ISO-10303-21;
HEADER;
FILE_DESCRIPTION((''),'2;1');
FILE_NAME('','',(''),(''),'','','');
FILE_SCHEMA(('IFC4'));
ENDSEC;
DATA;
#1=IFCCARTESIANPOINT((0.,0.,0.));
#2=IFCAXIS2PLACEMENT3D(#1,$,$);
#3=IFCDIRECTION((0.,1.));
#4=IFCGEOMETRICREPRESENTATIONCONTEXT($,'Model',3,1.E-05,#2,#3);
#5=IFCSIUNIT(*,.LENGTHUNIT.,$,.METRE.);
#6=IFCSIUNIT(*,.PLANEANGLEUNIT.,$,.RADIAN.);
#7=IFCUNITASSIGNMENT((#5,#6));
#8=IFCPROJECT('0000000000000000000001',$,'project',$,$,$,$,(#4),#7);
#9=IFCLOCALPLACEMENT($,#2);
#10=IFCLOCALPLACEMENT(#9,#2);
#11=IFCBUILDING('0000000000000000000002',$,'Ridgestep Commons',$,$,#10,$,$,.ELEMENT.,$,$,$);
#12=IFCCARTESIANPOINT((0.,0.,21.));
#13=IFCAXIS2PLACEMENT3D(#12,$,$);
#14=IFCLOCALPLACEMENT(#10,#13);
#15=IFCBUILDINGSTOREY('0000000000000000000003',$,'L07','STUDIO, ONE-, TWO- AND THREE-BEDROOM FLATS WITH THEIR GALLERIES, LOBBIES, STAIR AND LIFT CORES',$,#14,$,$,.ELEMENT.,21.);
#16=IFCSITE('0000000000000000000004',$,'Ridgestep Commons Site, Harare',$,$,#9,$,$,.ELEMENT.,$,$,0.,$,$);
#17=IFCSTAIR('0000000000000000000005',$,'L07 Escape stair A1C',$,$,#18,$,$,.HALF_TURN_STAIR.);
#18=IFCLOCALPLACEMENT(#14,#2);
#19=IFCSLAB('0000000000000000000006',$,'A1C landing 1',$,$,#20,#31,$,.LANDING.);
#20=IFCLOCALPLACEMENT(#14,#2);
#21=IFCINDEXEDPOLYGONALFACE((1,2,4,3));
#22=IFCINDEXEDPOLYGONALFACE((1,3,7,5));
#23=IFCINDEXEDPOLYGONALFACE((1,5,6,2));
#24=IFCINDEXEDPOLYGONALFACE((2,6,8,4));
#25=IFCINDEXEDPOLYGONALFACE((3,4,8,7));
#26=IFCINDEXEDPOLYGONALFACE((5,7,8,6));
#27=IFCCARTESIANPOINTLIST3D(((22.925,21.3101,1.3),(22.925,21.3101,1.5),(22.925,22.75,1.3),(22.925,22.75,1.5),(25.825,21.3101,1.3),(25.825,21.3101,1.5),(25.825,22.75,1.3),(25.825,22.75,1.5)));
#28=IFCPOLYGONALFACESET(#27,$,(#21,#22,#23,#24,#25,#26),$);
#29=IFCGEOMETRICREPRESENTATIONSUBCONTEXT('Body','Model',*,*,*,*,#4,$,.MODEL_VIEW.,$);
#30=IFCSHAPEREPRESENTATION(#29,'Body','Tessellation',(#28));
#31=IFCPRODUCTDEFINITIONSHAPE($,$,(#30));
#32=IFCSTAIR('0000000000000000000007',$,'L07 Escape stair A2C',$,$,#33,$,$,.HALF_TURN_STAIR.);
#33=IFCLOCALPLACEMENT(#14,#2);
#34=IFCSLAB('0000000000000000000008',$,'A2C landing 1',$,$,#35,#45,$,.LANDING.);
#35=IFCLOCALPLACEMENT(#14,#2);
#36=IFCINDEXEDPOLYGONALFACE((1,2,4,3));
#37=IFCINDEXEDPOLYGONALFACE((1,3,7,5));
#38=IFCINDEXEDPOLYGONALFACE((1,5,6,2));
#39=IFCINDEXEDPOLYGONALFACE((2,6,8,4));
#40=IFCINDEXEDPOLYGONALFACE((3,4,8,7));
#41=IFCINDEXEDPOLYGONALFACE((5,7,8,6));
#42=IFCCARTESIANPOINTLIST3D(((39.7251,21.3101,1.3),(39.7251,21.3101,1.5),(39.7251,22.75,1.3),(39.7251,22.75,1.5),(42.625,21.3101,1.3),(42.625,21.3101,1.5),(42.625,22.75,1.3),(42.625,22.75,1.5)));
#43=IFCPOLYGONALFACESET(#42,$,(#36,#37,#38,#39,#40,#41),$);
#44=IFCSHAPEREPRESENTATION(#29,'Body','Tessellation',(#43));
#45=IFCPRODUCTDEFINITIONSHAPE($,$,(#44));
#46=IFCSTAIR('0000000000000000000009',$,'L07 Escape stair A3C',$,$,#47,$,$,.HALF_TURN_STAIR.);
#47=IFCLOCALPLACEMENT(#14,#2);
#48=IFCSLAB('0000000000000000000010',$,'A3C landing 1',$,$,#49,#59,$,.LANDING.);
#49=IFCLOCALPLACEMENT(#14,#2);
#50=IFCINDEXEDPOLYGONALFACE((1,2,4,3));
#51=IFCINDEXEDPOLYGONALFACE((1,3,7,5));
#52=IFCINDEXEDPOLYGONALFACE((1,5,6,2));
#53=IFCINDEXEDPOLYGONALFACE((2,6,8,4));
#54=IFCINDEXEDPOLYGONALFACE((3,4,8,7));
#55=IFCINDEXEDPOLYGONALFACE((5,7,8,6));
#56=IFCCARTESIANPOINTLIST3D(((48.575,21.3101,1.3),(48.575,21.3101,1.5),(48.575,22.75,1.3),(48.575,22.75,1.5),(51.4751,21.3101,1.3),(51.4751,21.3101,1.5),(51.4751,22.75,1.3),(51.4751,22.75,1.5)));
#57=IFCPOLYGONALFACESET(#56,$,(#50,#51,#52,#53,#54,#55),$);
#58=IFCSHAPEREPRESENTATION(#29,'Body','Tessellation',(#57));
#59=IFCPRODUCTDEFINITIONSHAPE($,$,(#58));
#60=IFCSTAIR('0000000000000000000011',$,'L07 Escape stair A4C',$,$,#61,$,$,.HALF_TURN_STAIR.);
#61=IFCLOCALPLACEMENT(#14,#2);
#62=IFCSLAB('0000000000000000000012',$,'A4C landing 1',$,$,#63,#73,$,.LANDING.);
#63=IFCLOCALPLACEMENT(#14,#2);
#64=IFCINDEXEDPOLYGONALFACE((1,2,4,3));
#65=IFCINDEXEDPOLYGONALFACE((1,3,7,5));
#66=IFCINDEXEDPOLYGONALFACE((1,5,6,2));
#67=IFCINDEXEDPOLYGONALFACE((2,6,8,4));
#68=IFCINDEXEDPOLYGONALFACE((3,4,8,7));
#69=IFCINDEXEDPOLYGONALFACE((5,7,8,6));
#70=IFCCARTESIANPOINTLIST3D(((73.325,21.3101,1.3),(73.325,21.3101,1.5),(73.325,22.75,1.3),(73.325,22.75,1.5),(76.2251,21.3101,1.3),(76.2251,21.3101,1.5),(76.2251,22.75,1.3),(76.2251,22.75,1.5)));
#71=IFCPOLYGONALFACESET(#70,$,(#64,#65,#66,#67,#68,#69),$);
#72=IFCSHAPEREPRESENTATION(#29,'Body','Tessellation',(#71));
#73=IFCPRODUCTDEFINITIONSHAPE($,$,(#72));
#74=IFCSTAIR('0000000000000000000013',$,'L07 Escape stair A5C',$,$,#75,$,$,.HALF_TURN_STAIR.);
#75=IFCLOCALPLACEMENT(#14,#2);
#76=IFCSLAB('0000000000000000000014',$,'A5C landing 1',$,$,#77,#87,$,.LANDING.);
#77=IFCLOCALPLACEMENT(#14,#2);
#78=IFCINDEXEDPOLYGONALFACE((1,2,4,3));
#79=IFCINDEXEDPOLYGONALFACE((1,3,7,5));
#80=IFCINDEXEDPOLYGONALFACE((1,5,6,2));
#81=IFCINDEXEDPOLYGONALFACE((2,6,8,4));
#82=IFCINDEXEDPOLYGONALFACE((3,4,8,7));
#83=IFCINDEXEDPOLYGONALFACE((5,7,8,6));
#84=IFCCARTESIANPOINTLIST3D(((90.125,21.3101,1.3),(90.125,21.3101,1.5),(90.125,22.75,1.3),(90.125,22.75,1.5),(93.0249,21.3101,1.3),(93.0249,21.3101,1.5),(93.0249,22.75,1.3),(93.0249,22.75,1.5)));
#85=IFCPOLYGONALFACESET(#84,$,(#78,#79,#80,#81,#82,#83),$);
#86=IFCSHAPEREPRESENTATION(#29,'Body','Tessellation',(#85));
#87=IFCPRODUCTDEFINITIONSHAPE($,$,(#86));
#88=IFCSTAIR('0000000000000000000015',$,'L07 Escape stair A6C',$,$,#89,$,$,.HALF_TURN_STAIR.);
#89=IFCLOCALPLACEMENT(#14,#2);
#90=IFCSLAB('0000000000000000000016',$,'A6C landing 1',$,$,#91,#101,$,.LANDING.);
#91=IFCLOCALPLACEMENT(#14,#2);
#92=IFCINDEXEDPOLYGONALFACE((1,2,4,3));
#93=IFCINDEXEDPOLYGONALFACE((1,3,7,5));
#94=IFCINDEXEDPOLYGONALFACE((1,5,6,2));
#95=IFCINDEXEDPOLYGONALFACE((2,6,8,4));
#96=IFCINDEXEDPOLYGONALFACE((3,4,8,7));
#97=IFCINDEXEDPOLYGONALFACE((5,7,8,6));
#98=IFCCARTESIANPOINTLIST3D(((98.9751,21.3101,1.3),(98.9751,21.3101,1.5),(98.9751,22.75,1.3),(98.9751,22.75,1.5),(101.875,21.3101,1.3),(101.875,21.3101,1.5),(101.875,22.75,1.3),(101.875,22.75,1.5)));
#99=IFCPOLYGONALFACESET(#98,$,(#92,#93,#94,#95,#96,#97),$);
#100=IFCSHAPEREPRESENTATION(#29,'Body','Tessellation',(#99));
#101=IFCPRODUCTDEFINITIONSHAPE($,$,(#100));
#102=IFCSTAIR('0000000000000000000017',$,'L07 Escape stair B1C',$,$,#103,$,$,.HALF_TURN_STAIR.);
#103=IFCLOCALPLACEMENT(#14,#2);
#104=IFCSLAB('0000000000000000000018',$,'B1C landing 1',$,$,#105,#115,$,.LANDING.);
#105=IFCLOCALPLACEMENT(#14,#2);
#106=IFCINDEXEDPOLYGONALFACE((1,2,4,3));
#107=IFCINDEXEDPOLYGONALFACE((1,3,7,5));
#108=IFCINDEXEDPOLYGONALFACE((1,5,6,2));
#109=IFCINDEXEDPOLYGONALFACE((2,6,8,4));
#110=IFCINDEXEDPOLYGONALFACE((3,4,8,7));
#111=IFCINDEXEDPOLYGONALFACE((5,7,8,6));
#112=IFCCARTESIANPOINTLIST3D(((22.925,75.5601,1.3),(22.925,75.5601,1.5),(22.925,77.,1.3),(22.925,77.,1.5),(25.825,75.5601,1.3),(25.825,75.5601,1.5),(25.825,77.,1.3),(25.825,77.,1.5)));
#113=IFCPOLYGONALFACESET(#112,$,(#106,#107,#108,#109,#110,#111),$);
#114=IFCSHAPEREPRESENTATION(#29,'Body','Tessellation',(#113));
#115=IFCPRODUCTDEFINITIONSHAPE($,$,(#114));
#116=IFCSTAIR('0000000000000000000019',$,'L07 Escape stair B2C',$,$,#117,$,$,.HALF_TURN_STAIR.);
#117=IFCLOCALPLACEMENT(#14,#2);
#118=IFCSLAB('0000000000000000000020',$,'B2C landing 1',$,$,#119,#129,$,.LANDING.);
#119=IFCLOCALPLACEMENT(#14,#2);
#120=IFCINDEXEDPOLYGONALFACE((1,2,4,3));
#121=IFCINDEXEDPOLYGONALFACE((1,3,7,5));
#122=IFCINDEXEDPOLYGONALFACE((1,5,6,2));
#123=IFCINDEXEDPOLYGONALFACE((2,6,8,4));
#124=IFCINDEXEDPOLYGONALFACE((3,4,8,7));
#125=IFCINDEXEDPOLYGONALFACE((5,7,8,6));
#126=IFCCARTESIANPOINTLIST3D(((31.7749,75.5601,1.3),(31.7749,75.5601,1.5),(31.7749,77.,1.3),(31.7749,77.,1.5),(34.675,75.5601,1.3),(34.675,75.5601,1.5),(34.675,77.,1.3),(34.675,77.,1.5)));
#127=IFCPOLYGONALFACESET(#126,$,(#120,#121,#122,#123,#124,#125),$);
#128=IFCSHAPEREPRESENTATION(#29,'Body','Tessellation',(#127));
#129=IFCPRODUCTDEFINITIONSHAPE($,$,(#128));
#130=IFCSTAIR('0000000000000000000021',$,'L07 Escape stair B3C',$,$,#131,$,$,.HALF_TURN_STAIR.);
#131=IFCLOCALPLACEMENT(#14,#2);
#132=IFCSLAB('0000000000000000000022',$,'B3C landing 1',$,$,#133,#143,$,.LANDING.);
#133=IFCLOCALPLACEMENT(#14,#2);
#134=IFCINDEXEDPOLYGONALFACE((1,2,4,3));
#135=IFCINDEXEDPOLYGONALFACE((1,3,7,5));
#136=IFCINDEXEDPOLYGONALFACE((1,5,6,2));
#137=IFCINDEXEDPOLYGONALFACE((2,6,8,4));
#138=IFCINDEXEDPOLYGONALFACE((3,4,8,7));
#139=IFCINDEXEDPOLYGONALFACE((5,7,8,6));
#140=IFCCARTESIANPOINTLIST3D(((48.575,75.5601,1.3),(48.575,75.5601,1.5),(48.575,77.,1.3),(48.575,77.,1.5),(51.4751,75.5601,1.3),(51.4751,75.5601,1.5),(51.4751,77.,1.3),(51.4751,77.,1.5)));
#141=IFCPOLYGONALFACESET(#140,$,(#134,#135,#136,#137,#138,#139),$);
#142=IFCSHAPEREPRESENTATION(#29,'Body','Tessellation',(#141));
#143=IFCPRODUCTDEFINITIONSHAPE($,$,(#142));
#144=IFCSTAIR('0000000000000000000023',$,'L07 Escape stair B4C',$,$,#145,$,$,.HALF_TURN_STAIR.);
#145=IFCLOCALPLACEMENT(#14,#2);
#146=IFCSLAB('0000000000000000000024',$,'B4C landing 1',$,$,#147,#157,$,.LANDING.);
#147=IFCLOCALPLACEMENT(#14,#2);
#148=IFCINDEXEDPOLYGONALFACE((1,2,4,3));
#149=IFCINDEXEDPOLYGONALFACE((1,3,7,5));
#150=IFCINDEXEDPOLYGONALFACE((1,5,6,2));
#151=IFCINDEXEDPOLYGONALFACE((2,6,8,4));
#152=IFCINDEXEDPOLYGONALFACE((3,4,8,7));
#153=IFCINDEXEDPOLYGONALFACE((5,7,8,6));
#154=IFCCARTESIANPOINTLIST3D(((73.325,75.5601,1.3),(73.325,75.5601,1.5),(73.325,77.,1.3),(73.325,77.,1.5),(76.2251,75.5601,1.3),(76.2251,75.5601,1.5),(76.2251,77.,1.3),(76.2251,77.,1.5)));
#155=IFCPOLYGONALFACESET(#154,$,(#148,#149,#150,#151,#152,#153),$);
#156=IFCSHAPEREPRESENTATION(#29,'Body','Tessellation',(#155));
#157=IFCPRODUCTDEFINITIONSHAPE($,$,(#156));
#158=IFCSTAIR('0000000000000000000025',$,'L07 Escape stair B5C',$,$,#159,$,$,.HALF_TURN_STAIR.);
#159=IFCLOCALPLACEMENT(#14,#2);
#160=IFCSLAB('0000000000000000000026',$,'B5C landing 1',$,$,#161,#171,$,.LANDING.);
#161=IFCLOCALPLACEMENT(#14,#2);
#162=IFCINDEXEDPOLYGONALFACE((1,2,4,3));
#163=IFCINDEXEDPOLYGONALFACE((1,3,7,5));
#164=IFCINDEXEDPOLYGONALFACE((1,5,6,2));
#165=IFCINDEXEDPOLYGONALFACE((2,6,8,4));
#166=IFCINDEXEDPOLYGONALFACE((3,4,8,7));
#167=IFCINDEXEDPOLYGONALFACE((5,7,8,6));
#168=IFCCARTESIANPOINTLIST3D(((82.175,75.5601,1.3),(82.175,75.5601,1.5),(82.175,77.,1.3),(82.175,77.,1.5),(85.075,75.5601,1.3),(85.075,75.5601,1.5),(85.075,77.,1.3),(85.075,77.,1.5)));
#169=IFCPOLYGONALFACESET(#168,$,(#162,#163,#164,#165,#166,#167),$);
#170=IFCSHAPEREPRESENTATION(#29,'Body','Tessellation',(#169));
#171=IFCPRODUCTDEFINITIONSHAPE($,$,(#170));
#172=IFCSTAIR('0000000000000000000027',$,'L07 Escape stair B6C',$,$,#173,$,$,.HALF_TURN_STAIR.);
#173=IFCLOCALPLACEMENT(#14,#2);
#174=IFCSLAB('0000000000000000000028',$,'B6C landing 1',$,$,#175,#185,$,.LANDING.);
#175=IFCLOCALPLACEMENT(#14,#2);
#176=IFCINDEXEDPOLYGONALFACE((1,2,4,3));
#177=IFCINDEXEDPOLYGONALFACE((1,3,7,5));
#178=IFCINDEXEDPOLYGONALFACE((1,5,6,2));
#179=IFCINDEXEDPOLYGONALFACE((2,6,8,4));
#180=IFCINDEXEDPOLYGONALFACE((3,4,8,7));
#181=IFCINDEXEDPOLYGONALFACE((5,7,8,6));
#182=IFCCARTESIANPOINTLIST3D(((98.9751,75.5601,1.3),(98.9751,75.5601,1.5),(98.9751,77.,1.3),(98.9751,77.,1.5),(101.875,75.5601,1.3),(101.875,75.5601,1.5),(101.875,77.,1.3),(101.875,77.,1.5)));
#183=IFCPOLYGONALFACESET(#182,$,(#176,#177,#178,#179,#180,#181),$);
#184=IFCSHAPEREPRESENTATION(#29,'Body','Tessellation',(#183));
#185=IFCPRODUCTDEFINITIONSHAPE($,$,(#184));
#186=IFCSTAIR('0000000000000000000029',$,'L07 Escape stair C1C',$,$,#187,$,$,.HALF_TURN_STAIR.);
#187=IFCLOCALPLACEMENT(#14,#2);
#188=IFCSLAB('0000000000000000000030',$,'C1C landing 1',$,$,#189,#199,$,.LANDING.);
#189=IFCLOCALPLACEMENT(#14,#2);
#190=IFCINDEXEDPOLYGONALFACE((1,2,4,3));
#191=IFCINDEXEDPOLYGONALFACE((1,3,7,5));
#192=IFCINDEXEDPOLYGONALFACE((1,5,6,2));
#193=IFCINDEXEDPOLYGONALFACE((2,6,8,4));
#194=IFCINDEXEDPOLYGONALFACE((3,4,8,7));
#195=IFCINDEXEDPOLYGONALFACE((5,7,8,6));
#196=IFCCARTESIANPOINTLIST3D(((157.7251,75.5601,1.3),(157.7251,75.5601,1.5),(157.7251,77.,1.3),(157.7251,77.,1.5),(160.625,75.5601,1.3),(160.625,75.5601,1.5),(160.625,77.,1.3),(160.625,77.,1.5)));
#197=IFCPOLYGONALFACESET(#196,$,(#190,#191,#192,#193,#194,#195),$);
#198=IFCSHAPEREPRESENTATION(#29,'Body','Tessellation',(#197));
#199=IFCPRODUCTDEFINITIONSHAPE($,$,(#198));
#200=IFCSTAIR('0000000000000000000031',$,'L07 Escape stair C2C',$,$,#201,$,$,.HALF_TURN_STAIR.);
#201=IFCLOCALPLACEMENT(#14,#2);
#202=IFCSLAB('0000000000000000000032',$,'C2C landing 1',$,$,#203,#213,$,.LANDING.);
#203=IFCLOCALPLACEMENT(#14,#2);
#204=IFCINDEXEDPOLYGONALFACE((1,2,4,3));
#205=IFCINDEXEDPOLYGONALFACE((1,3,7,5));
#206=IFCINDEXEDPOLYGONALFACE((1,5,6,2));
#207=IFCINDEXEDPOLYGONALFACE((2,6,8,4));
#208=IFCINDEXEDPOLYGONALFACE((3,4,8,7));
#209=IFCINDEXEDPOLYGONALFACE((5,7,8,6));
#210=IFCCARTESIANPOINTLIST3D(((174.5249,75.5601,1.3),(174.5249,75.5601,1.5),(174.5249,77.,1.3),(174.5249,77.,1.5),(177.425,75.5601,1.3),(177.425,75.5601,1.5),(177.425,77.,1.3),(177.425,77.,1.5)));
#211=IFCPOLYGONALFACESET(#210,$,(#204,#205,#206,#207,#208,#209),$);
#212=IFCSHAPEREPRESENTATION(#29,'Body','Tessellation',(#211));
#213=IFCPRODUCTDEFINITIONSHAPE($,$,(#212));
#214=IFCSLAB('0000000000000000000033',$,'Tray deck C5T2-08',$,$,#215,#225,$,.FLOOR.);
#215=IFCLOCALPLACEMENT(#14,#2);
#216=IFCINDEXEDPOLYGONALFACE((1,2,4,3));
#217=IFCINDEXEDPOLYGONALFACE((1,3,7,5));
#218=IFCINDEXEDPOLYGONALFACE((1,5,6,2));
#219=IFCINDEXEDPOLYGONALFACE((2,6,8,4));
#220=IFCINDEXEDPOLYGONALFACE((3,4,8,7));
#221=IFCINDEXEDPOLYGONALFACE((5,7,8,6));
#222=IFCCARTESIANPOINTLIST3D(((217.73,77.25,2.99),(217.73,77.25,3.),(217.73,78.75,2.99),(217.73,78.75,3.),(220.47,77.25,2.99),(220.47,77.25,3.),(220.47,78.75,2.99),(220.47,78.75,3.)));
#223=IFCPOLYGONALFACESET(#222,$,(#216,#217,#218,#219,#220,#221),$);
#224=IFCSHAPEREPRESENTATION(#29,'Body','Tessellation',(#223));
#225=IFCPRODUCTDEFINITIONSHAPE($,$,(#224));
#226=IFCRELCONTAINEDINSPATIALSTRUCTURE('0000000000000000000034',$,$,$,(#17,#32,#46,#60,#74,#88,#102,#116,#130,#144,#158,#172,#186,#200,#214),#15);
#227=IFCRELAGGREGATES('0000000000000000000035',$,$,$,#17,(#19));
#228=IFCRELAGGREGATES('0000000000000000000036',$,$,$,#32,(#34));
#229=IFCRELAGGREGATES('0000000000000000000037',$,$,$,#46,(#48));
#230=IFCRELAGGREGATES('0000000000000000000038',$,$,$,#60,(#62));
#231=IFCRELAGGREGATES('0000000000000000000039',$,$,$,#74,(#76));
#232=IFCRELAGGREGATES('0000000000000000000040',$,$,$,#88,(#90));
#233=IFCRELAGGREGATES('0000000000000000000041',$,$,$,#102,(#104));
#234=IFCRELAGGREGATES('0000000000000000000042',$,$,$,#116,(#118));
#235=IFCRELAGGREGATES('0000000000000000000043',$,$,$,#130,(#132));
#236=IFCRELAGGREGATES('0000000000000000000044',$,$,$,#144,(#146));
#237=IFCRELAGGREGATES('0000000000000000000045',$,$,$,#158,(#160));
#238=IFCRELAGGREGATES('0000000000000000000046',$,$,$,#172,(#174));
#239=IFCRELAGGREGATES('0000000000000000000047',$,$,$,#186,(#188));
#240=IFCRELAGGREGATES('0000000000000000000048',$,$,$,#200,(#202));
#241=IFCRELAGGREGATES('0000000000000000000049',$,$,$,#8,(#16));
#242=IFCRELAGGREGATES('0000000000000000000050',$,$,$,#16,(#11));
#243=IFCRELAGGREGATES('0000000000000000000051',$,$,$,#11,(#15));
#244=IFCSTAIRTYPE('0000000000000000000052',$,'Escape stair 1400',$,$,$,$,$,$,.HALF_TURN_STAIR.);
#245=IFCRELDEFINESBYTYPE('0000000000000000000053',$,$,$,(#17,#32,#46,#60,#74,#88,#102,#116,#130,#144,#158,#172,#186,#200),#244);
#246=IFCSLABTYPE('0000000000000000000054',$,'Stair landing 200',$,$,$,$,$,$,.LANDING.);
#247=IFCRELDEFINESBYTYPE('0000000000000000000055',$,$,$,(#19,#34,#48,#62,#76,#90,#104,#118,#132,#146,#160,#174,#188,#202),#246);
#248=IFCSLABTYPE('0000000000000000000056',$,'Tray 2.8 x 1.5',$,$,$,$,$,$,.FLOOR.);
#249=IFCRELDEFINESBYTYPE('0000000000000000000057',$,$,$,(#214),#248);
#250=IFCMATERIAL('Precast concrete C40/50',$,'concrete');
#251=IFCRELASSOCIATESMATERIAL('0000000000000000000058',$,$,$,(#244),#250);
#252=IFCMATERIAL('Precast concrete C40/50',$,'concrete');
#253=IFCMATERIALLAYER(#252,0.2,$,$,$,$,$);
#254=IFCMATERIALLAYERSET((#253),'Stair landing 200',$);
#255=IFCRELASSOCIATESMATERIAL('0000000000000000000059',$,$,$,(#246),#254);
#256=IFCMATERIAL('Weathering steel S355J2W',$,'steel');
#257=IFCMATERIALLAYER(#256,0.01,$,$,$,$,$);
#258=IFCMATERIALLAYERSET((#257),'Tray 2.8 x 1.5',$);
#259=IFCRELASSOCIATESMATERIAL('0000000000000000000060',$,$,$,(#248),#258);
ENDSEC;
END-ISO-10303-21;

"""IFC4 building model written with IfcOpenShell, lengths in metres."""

from ifc_helpers import new_model, si_unit, direction, frame, origin, place, context, subcontext, project, spatial, polyline, outline, extrude, material, layer, layer_set, type_object, element, aggregate, save


model = new_model("IFC4")

# Units and contexts
model_context = context("Model", 3, precision=1e-05, world=origin(), true_north=direction((0.0, 1.0)))
body_context = subcontext(model_context, "Body", "Model", "MODEL_VIEW")
ifc_project = project(units=[si_unit("LENGTHUNIT", "METRE"), si_unit("PLANEANGLEUNIT", "RADIAN")], contexts=[model_context])

# Site, building, storey
site_placement = place(None, origin())
site = spatial("IfcSite", under=ifc_project, at=site_placement, Name="Ridgestep Commons Site, Harare", CompositionType="ELEMENT", RefElevation=0.0)
building_placement = place(site_placement, origin())
building = spatial("IfcBuilding", under=site, at=building_placement, Name="Ridgestep Commons", CompositionType="ELEMENT")
storey_placement = place(building_placement, frame((0.0, 0.0, 21.0)))
storey = spatial("IfcBuildingStorey", under=building, at=storey_placement, Name="L07", Description="STUDIO, ONE-, TWO- AND THREE-BEDROOM FLATS WITH THEIR GALLERIES, LOBBIES, STAIR AND LIFT CORES", CompositionType="ELEMENT", Elevation=21.0)

# Stairs, slabs
ifc_material_1 = material(Name="Precast concrete C40/50", Category="concrete")
stair_type = type_object("IfcStairType", Name="Escape stair 1400", PredefinedType="HALF_TURN_STAIR", material=ifc_material_1)
stair_1_placement = place(storey_placement, origin())
stair_1 = element("IfcStair", 1, at=stair_1_placement, inside=storey, type_object=stair_type, Name="L07 Escape stair A1C", PredefinedType="HALF_TURN_STAIR")
ifc_material_2 = material(Name="Precast concrete C40/50", Category="concrete")
ifc_layer_1 = layer(ifc_material_2, 0.2)
ifc_layer_set_1 = layer_set([ifc_layer_1], Name="Stair landing 200")
slab_type_1 = type_object("IfcSlabType", Name="Stair landing 200", PredefinedType="LANDING", material=ifc_layer_set_1)
slab_1_placement = place(storey_placement, frame((0.0, 0.0, 1.3)))
slab_1 = element("IfcSlab", 2, at=slab_1_placement, type_object=slab_type_1, Name="A1C landing 1", PredefinedType="LANDING", context=body_context, shape_type="SweptSolid", body=[
    extrude(outline(polyline([(25.825, 21.3101), (25.825, 22.75), (22.925, 22.75), (22.925, 21.3101), (25.825, 21.3101)])), origin(), (0.0, 0.0, 1.0), 0.2),
])
aggregate(stair_1, [slab_1])
stair_2_placement = place(storey_placement, origin())
stair_2 = element("IfcStair", 3, at=stair_2_placement, inside=storey, type_object=stair_type, Name="L07 Escape stair A2C", PredefinedType="HALF_TURN_STAIR")
slab_2_placement = place(storey_placement, frame((0.0, 0.0, 1.3)))
slab_2 = element("IfcSlab", 4, at=slab_2_placement, type_object=slab_type_1, Name="A2C landing 1", PredefinedType="LANDING", context=body_context, shape_type="SweptSolid", body=[
    extrude(outline(polyline([(42.625, 21.3101), (42.625, 22.75), (39.7251, 22.75), (39.7251, 21.3101), (42.625, 21.3101)])), origin(), (0.0, 0.0, 1.0), 0.2),
])
aggregate(stair_2, [slab_2])
stair_3_placement = place(storey_placement, origin())
stair_3 = element("IfcStair", 5, at=stair_3_placement, inside=storey, type_object=stair_type, Name="L07 Escape stair A3C", PredefinedType="HALF_TURN_STAIR")
slab_3_placement = place(storey_placement, frame((0.0, 0.0, 1.3)))
slab_3 = element("IfcSlab", 6, at=slab_3_placement, type_object=slab_type_1, Name="A3C landing 1", PredefinedType="LANDING", context=body_context, shape_type="SweptSolid", body=[
    extrude(outline(polyline([(51.4751, 21.3101), (51.4751, 22.75), (48.575, 22.75), (48.575, 21.3101), (51.4751, 21.3101)])), origin(), (0.0, 0.0, 1.0), 0.2),
])
aggregate(stair_3, [slab_3])
stair_4_placement = place(storey_placement, origin())
stair_4 = element("IfcStair", 7, at=stair_4_placement, inside=storey, type_object=stair_type, Name="L07 Escape stair A4C", PredefinedType="HALF_TURN_STAIR")
slab_4_placement = place(storey_placement, frame((0.0, 0.0, 1.3)))
slab_4 = element("IfcSlab", 8, at=slab_4_placement, type_object=slab_type_1, Name="A4C landing 1", PredefinedType="LANDING", context=body_context, shape_type="SweptSolid", body=[
    extrude(outline(polyline([(76.2251, 21.3101), (76.2251, 22.75), (73.325, 22.75), (73.325, 21.3101), (76.2251, 21.3101)])), origin(), (0.0, 0.0, 1.0), 0.2),
])
aggregate(stair_4, [slab_4])
stair_5_placement = place(storey_placement, origin())
stair_5 = element("IfcStair", 9, at=stair_5_placement, inside=storey, type_object=stair_type, Name="L07 Escape stair A5C", PredefinedType="HALF_TURN_STAIR")
slab_5_placement = place(storey_placement, frame((0.0, 0.0, 1.3)))
slab_5 = element("IfcSlab", 10, at=slab_5_placement, type_object=slab_type_1, Name="A5C landing 1", PredefinedType="LANDING", context=body_context, shape_type="SweptSolid", body=[
    extrude(outline(polyline([(93.0249, 21.3101), (93.0249, 22.75), (90.125, 22.75), (90.125, 21.3101), (93.0249, 21.3101)])), origin(), (0.0, 0.0, 1.0), 0.2),
])
aggregate(stair_5, [slab_5])
stair_6_placement = place(storey_placement, origin())
stair_6 = element("IfcStair", 11, at=stair_6_placement, inside=storey, type_object=stair_type, Name="L07 Escape stair A6C", PredefinedType="HALF_TURN_STAIR")
slab_6_placement = place(storey_placement, frame((0.0, 0.0, 1.3)))
slab_6 = element("IfcSlab", 12, at=slab_6_placement, type_object=slab_type_1, Name="A6C landing 1", PredefinedType="LANDING", context=body_context, shape_type="SweptSolid", body=[
    extrude(outline(polyline([(101.875, 21.3101), (101.875, 22.75), (98.9751, 22.75), (98.9751, 21.3101), (101.875, 21.3101)])), origin(), (0.0, 0.0, 1.0), 0.2),
])
aggregate(stair_6, [slab_6])
stair_7_placement = place(storey_placement, origin())
stair_7 = element("IfcStair", 13, at=stair_7_placement, inside=storey, type_object=stair_type, Name="L07 Escape stair B1C", PredefinedType="HALF_TURN_STAIR")
slab_7_placement = place(storey_placement, frame((0.0, 0.0, 1.3)))
slab_7 = element("IfcSlab", 14, at=slab_7_placement, type_object=slab_type_1, Name="B1C landing 1", PredefinedType="LANDING", context=body_context, shape_type="SweptSolid", body=[
    extrude(outline(polyline([(25.825, 75.5601), (25.825, 77.0), (22.925, 77.0), (22.925, 75.5601), (25.825, 75.5601)])), origin(), (0.0, 0.0, 1.0), 0.2),
])
aggregate(stair_7, [slab_7])
stair_8_placement = place(storey_placement, origin())
stair_8 = element("IfcStair", 15, at=stair_8_placement, inside=storey, type_object=stair_type, Name="L07 Escape stair B2C", PredefinedType="HALF_TURN_STAIR")
slab_8_placement = place(storey_placement, frame((0.0, 0.0, 1.3)))
slab_8 = element("IfcSlab", 16, at=slab_8_placement, type_object=slab_type_1, Name="B2C landing 1", PredefinedType="LANDING", context=body_context, shape_type="SweptSolid", body=[
    extrude(outline(polyline([(34.675, 75.5601), (34.675, 77.0), (31.7749, 77.0), (31.7749, 75.5601), (34.675, 75.5601)])), origin(), (0.0, 0.0, 1.0), 0.2),
])
aggregate(stair_8, [slab_8])
stair_9_placement = place(storey_placement, origin())
stair_9 = element("IfcStair", 17, at=stair_9_placement, inside=storey, type_object=stair_type, Name="L07 Escape stair B3C", PredefinedType="HALF_TURN_STAIR")
slab_9_placement = place(storey_placement, frame((0.0, 0.0, 1.3)))
slab_9 = element("IfcSlab", 18, at=slab_9_placement, type_object=slab_type_1, Name="B3C landing 1", PredefinedType="LANDING", context=body_context, shape_type="SweptSolid", body=[
    extrude(outline(polyline([(51.4751, 75.5601), (51.4751, 77.0), (48.575, 77.0), (48.575, 75.5601), (51.4751, 75.5601)])), origin(), (0.0, 0.0, 1.0), 0.2),
])
aggregate(stair_9, [slab_9])
stair_10_placement = place(storey_placement, origin())
stair_10 = element("IfcStair", 19, at=stair_10_placement, inside=storey, type_object=stair_type, Name="L07 Escape stair B4C", PredefinedType="HALF_TURN_STAIR")
slab_10_placement = place(storey_placement, frame((0.0, 0.0, 1.3)))
slab_10 = element("IfcSlab", 20, at=slab_10_placement, type_object=slab_type_1, Name="B4C landing 1", PredefinedType="LANDING", context=body_context, shape_type="SweptSolid", body=[
    extrude(outline(polyline([(76.2251, 75.5601), (76.2251, 77.0), (73.325, 77.0), (73.325, 75.5601), (76.2251, 75.5601)])), origin(), (0.0, 0.0, 1.0), 0.2),
])
aggregate(stair_10, [slab_10])
stair_11_placement = place(storey_placement, origin())
stair_11 = element("IfcStair", 21, at=stair_11_placement, inside=storey, type_object=stair_type, Name="L07 Escape stair B5C", PredefinedType="HALF_TURN_STAIR")
slab_11_placement = place(storey_placement, frame((0.0, 0.0, 1.3)))
slab_11 = element("IfcSlab", 22, at=slab_11_placement, type_object=slab_type_1, Name="B5C landing 1", PredefinedType="LANDING", context=body_context, shape_type="SweptSolid", body=[
    extrude(outline(polyline([(85.075, 75.5601), (85.075, 77.0), (82.175, 77.0), (82.175, 75.5601), (85.075, 75.5601)])), origin(), (0.0, 0.0, 1.0), 0.2),
])
aggregate(stair_11, [slab_11])
stair_12_placement = place(storey_placement, origin())
stair_12 = element("IfcStair", 23, at=stair_12_placement, inside=storey, type_object=stair_type, Name="L07 Escape stair B6C", PredefinedType="HALF_TURN_STAIR")
slab_12_placement = place(storey_placement, frame((0.0, 0.0, 1.3)))
slab_12 = element("IfcSlab", 24, at=slab_12_placement, type_object=slab_type_1, Name="B6C landing 1", PredefinedType="LANDING", context=body_context, shape_type="SweptSolid", body=[
    extrude(outline(polyline([(101.875, 75.5601), (101.875, 77.0), (98.9751, 77.0), (98.9751, 75.5601), (101.875, 75.5601)])), origin(), (0.0, 0.0, 1.0), 0.2),
])
aggregate(stair_12, [slab_12])
stair_13_placement = place(storey_placement, origin())
stair_13 = element("IfcStair", 25, at=stair_13_placement, inside=storey, type_object=stair_type, Name="L07 Escape stair C1C", PredefinedType="HALF_TURN_STAIR")
slab_13_placement = place(storey_placement, frame((0.0, 0.0, 1.3)))
slab_13 = element("IfcSlab", 26, at=slab_13_placement, type_object=slab_type_1, Name="C1C landing 1", PredefinedType="LANDING", context=body_context, shape_type="SweptSolid", body=[
    extrude(outline(polyline([(160.625, 75.5601), (160.625, 77.0), (157.7251, 77.0), (157.7251, 75.5601), (160.625, 75.5601)])), origin(), (0.0, 0.0, 1.0), 0.2),
])
aggregate(stair_13, [slab_13])
stair_14_placement = place(storey_placement, origin())
stair_14 = element("IfcStair", 27, at=stair_14_placement, inside=storey, type_object=stair_type, Name="L07 Escape stair C2C", PredefinedType="HALF_TURN_STAIR")
slab_14_placement = place(storey_placement, frame((0.0, 0.0, 1.3)))
slab_14 = element("IfcSlab", 28, at=slab_14_placement, type_object=slab_type_1, Name="C2C landing 1", PredefinedType="LANDING", context=body_context, shape_type="SweptSolid", body=[
    extrude(outline(polyline([(177.425, 75.5601), (177.425, 77.0), (174.5249, 77.0), (174.5249, 75.5601), (177.425, 75.5601)])), origin(), (0.0, 0.0, 1.0), 0.2),
])
aggregate(stair_14, [slab_14])

# Slab
ifc_material_3 = material(Name="Weathering steel S355J2W", Category="steel")
ifc_layer_2 = layer(ifc_material_3, 0.01)
ifc_layer_set_2 = layer_set([ifc_layer_2], Name="Tray 2.8 x 1.5")
slab_type_2 = type_object("IfcSlabType", Name="Tray 2.8 x 1.5", PredefinedType="FLOOR", material=ifc_layer_set_2)
slab_15_placement = place(storey_placement, frame((0.0, 0.0, 2.99)))
element("IfcSlab", 29, at=slab_15_placement, inside=storey, type_object=slab_type_2, Name="Tray deck C5T2-08", PredefinedType="FLOOR", context=body_context, shape_type="SweptSolid", body=[
    extrude(outline(polyline([(217.73, 77.25), (220.47, 77.25), (220.47, 78.75), (217.73, 78.75), (217.73, 77.25)])), origin(), (0.0, 0.0, 1.0), 0.01),
])

save(model, "model.ifc")
